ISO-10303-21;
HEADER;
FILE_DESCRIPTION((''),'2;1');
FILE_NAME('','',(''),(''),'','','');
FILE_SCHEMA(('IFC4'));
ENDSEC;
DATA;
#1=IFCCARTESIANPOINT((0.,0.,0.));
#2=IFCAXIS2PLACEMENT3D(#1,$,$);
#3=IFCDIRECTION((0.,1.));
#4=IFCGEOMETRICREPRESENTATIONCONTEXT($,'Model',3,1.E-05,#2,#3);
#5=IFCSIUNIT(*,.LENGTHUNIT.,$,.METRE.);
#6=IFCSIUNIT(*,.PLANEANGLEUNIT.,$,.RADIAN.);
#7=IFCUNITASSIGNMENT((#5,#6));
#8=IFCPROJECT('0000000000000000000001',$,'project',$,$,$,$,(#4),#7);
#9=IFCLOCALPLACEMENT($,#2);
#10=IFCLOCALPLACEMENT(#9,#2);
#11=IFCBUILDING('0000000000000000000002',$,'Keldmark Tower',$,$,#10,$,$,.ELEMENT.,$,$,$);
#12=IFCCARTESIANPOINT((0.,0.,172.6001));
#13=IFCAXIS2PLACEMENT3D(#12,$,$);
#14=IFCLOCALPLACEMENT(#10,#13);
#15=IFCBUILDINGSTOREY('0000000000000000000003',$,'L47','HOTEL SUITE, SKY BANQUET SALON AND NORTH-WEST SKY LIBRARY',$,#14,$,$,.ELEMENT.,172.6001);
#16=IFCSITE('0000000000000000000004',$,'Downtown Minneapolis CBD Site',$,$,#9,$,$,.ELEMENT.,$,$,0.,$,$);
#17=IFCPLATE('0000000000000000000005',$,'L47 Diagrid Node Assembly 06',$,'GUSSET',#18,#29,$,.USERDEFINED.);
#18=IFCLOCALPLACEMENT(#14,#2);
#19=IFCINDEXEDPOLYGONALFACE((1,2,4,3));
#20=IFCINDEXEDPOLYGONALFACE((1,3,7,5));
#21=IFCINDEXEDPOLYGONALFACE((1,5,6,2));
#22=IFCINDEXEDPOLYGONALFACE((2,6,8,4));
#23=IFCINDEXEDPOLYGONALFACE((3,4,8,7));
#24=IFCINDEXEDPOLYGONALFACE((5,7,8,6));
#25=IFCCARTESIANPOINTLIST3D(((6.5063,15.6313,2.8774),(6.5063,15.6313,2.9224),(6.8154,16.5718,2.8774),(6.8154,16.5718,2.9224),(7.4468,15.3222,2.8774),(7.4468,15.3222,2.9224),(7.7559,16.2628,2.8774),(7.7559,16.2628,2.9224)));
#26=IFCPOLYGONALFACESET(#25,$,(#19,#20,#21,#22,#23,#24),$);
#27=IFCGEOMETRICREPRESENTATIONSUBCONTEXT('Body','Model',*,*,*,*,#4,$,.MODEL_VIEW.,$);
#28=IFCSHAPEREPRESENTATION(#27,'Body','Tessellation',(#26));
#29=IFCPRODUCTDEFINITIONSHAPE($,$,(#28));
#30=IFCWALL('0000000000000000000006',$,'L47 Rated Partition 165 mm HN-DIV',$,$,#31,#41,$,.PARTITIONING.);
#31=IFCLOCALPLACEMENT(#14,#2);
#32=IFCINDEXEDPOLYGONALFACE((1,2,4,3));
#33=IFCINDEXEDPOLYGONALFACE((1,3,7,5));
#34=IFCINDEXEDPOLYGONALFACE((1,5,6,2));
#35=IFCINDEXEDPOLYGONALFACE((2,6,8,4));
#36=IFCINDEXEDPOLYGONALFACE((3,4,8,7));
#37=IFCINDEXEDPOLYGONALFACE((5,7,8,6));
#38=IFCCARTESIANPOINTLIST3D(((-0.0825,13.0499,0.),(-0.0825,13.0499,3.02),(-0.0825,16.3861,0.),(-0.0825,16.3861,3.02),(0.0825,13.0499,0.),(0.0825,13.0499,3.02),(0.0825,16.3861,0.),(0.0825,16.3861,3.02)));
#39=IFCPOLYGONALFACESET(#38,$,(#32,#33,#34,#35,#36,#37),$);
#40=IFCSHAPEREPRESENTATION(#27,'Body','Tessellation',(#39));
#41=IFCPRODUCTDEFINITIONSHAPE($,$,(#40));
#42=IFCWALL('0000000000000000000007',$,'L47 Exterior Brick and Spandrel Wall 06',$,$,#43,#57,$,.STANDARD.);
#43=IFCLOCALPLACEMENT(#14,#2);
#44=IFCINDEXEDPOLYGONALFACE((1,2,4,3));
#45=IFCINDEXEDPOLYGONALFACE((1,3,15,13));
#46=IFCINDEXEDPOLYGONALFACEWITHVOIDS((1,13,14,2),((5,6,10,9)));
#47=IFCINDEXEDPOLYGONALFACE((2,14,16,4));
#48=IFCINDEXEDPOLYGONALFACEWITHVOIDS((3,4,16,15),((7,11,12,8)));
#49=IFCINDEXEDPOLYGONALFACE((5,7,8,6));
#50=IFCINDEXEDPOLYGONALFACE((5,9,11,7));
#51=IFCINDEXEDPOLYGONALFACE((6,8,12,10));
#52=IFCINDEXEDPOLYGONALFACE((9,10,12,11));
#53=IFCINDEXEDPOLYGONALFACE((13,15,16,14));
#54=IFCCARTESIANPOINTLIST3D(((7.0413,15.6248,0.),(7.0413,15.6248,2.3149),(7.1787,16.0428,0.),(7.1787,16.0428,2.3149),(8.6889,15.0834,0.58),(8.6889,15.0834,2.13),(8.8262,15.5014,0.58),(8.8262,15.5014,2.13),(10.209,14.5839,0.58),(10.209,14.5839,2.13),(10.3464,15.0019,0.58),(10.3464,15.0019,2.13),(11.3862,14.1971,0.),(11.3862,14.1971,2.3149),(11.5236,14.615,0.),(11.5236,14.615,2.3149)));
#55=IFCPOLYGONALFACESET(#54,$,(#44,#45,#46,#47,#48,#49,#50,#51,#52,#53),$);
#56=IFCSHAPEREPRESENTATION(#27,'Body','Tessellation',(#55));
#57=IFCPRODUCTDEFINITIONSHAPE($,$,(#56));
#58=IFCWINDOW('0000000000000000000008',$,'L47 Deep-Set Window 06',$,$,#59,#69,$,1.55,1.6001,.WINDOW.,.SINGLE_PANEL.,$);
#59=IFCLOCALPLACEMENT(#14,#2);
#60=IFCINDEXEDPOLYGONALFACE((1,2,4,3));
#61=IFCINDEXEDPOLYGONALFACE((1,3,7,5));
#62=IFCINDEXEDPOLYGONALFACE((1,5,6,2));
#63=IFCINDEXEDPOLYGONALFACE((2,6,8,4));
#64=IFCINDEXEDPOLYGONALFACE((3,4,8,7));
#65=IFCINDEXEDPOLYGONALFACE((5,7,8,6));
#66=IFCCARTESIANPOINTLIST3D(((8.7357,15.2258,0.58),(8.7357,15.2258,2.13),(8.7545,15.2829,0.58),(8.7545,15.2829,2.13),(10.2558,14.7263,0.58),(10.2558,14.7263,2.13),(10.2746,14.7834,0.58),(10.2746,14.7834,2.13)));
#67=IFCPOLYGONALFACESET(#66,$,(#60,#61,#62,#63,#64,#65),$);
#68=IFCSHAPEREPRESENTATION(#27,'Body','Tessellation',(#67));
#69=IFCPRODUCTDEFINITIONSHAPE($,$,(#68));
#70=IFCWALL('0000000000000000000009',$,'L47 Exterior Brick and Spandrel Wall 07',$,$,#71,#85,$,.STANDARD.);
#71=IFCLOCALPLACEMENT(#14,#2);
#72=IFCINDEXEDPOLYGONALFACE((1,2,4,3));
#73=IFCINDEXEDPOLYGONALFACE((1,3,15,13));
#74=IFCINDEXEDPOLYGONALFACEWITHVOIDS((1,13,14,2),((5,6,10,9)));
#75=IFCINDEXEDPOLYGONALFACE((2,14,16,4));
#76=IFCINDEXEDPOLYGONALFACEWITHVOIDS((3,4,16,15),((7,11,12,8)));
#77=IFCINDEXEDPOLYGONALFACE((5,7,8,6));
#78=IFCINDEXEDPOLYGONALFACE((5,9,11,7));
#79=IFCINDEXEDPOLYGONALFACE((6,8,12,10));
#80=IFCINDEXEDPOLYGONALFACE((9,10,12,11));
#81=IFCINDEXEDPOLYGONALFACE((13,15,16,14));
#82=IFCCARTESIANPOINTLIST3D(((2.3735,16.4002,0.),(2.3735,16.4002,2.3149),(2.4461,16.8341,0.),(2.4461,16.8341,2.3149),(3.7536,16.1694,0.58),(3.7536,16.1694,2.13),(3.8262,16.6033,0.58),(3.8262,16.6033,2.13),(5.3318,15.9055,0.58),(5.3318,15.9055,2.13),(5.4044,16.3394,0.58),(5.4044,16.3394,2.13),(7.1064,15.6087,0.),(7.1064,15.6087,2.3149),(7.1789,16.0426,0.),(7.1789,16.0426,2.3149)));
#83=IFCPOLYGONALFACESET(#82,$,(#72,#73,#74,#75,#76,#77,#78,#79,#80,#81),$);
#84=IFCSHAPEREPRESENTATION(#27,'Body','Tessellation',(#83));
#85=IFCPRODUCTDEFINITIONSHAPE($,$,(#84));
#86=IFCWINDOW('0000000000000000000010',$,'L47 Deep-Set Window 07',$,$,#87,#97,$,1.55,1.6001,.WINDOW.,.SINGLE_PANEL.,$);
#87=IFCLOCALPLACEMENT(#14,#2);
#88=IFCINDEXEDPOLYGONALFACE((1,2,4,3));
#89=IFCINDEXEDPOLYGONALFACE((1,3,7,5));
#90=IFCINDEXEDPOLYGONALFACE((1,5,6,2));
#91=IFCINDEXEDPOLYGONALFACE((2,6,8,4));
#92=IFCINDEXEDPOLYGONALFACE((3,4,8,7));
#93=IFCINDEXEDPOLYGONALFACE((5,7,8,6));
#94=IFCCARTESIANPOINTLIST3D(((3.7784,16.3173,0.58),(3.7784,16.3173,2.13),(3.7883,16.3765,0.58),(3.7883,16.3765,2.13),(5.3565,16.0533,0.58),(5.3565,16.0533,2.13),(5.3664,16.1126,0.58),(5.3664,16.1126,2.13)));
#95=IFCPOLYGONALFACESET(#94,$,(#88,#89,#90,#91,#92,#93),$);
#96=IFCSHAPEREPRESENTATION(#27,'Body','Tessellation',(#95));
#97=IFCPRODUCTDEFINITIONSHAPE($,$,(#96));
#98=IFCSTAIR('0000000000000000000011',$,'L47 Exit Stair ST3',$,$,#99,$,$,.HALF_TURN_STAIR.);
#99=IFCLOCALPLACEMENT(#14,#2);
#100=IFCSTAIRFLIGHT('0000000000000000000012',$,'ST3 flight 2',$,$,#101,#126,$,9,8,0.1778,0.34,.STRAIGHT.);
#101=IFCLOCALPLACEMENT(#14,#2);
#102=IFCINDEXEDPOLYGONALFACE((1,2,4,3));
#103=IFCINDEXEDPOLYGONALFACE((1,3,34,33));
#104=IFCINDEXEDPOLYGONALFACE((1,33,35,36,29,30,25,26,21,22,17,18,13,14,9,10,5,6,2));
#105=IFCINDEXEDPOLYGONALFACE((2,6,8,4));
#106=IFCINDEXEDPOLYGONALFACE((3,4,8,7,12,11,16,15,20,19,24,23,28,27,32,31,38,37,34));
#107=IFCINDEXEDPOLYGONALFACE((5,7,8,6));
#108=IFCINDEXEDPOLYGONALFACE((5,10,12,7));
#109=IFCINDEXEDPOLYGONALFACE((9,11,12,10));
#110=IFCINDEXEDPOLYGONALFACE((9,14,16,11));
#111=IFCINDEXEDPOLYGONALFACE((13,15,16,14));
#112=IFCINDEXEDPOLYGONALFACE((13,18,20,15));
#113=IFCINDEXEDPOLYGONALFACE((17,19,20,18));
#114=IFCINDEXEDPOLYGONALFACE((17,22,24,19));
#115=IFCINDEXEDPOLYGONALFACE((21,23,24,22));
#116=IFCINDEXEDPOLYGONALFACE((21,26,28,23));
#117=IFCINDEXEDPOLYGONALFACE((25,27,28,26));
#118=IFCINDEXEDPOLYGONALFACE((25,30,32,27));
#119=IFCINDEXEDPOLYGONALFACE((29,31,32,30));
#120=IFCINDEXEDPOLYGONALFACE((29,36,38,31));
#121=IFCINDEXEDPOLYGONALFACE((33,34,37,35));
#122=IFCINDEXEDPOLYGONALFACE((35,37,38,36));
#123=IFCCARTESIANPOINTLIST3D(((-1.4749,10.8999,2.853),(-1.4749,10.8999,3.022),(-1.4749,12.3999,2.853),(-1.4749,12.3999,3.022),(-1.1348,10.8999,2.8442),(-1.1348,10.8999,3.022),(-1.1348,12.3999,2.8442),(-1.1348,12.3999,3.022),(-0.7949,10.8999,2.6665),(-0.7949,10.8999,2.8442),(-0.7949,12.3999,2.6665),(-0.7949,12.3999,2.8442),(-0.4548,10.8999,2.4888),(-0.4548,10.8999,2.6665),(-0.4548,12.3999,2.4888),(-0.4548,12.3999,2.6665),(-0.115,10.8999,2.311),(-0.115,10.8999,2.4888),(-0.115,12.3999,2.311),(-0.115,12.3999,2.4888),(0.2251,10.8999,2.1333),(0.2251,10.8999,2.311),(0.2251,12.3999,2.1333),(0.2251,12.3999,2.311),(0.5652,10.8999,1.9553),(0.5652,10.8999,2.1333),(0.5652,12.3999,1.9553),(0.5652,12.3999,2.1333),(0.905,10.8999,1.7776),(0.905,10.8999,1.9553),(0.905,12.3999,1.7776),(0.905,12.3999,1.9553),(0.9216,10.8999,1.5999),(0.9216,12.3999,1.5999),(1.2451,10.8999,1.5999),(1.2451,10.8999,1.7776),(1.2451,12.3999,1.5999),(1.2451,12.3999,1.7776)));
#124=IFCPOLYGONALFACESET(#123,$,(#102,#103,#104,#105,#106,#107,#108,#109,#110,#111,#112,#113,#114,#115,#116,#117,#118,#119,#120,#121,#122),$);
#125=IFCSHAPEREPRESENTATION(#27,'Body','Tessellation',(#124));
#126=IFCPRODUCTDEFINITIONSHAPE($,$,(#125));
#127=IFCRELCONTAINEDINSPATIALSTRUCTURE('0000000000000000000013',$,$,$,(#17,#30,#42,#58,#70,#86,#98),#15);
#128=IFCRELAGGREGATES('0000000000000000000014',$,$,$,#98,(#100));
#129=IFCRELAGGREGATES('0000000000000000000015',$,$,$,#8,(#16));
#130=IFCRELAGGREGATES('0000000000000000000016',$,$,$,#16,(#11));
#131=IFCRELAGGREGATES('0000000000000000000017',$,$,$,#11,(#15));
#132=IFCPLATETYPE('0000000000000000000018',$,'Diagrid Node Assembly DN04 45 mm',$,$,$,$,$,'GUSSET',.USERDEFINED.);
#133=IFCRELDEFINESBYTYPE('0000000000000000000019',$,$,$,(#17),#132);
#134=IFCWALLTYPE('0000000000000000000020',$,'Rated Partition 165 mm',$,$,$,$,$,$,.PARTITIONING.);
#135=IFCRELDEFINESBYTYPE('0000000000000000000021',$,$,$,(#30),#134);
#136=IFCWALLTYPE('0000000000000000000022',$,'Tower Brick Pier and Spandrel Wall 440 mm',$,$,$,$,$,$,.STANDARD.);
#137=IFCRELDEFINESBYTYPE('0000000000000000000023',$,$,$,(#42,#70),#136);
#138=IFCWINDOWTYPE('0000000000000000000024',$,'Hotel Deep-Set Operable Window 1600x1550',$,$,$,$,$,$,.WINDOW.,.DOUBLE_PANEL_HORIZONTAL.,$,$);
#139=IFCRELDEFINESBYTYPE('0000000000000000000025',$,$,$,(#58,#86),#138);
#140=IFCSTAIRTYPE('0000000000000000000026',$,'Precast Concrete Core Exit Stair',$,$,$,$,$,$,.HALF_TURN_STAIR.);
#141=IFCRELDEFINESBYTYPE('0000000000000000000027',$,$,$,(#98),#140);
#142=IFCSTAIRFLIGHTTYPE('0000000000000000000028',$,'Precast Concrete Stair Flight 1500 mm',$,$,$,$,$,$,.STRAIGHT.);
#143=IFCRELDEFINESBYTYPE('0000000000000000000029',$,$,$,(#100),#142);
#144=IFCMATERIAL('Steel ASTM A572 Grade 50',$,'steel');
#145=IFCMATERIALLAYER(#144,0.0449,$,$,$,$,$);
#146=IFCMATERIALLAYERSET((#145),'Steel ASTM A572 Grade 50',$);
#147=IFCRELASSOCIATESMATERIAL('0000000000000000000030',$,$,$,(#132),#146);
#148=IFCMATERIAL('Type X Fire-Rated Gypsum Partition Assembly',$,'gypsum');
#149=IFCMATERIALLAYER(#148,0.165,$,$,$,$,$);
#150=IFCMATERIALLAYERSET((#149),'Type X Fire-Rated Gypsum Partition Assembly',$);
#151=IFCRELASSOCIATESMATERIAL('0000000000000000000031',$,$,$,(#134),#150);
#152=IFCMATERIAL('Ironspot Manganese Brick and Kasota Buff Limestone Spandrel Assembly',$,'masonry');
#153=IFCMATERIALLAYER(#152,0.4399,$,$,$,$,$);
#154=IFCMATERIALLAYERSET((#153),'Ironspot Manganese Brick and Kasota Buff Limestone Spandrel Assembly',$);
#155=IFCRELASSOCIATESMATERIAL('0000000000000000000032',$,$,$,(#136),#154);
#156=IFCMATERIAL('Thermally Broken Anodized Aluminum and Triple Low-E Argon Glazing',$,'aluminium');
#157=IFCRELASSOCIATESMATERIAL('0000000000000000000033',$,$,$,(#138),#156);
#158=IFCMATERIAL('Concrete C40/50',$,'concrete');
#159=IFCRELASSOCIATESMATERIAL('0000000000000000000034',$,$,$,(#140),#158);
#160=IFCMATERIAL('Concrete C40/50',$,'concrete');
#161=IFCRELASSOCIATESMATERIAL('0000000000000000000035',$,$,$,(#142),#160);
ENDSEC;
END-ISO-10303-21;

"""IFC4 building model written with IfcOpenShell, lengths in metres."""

from ifc_helpers import new_model, si_unit, direction, frame, frame_2d, origin, origin_2d, place, context, subcontext, project, spatial, polyline, rectangle, outline, extrude, material, layer, layer_set, type_object, element, fill, aggregate, save


model = new_model("IFC4")

# Units and contexts
model_context = context("Model", 3, precision=1e-05, world=origin(), true_north=direction((0.0, 1.0)))
body_context = subcontext(model_context, "Body", "Model", "MODEL_VIEW")
ifc_project = project(units=[si_unit("LENGTHUNIT", "METRE"), si_unit("PLANEANGLEUNIT", "RADIAN")], contexts=[model_context])

# Site, building, storey
site_placement = place(None, origin())
site = spatial("IfcSite", under=ifc_project, at=site_placement, Name="Downtown Minneapolis CBD Site", CompositionType="ELEMENT", RefElevation=0.0)
building_placement = place(site_placement, origin())
building = spatial("IfcBuilding", under=site, at=building_placement, Name="Keldmark Tower", CompositionType="ELEMENT")
storey_placement = place(building_placement, frame((0.0, 0.0, 172.6001)))
storey = spatial("IfcBuildingStorey", under=building, at=storey_placement, Name="L47", Description="HOTEL SUITE, SKY BANQUET SALON AND NORTH-WEST SKY LIBRARY", CompositionType="ELEMENT", Elevation=172.6001)

# Plate
ifc_material_1 = material(Name="Steel ASTM A572 Grade 50", Category="steel")
ifc_layer_1 = layer(ifc_material_1, 0.0449)
ifc_layer_set_1 = layer_set([ifc_layer_1], Name="Steel ASTM A572 Grade 50")
plate_type_1 = type_object("IfcPlateType", Name="Diagrid Node Assembly DN04 45 mm", ElementType="GUSSET", PredefinedType="USERDEFINED", material=ifc_layer_set_1)
plate_placement = place(storey_placement, frame((7.1311, 15.947, 2.8774), z_axis=(0.0, 0.0, 1.0), x_axis=(-0.950027, 0.312169, 0.0)))
element("IfcPlate", 1, at=plate_placement, inside=storey, type_object=plate_type_1, Name="L47 Diagrid Node Assembly 06", ObjectType="GUSSET", PredefinedType="USERDEFINED", context=body_context, shape_type="SweptSolid", body=[
    extrude(rectangle(XDim=0.99, YDim=0.99, at=origin_2d()), origin(), (0.0, 0.0, 1.0), 0.0449),
])

# Wall
ifc_material_2 = material(Name="Type X Fire-Rated Gypsum Partition Assembly", Category="gypsum")
ifc_layer_2 = layer(ifc_material_2, 0.165)
ifc_layer_set_2 = layer_set([ifc_layer_2], Name="Type X Fire-Rated Gypsum Partition Assembly")
wall_type_1 = type_object("IfcWallType", Name="Rated Partition 165 mm", PredefinedType="PARTITIONING", material=ifc_layer_set_2)
wall_1_placement = place(storey_placement, frame((0.0, 13.05, 0.0), z_axis=(0.0, 0.0, 1.0), x_axis=(0.0, 1.0, 0.0)))
element("IfcWall", 2, at=wall_1_placement, inside=storey, type_object=wall_type_1, Name="L47 Rated Partition 165 mm HN-DIV", PredefinedType="PARTITIONING", context=body_context, shape_type="SweptSolid", body=[
    extrude(rectangle(XDim=3.3362, YDim=0.165, at=frame_2d((1.668, 0.0))), origin(), (0.0, 0.0, 1.0), 3.02),
])

# Walls, openings, windows
ifc_material_3 = material(Name="Ironspot Manganese Brick and Kasota Buff Limestone Spandrel Assembly", Category="masonry")
ifc_layer_3 = layer(ifc_material_3, 0.4399)
ifc_layer_set_3 = layer_set([ifc_layer_3], Name="Ironspot Manganese Brick and Kasota Buff Limestone Spandrel Assembly")
wall_type_2 = type_object("IfcWallType", Name="Tower Brick Pier and Spandrel Wall 440 mm", PredefinedType="STANDARD", material=ifc_layer_set_3)
wall_2_placement = place(storey_placement, frame((7.1101, 15.8337, 0.0), z_axis=(0.0, 0.0, 1.0), x_axis=(0.950025, -0.312173, 0.0)))
wall_2 = element("IfcWall", 3, at=wall_2_placement, inside=storey, type_object=wall_type_2, Name="L47 Exterior Brick and Spandrel Wall 06", PredefinedType="STANDARD", context=body_context, shape_type="SweptSolid", body=[
    extrude(rectangle(XDim=4.5735, YDim=0.4399, at=frame_2d((2.2866, 0.0))), origin(), (0.0, 0.0, 1.0), 2.3149),
])
opening_1_placement = place(wall_2_placement, frame((1.7341, 0.0, 0.5801)))
opening_1 = element("IfcOpeningElement", 4, at=opening_1_placement, cuts=wall_2, PredefinedType="OPENING", context=body_context, shape_type="SweptSolid", body=[
    extrude(rectangle(XDim=1.6001, YDim=1.55, at=frame_2d((0.8, 0.7749))), frame((0.0, 0.23, 0.0), z_axis=(0.0, -1.0, 0.0), x_axis=(1.0, 0.0, 0.0)), (0.0, 0.0, 1.0), 0.46),
])
ifc_material_4 = material(Name="Thermally Broken Anodized Aluminum and Triple Low-E Argon Glazing", Category="aluminium")
window_type = type_object("IfcWindowType", Name="Hotel Deep-Set Operable Window 1600x1550", PartitioningType="DOUBLE_PANEL_HORIZONTAL", PredefinedType="WINDOW", material=ifc_material_4)
window_1_placement = place(opening_1_placement, origin())
window_1 = element("IfcWindow", 5, at=window_1_placement, inside=storey, type_object=window_type, Name="L47 Deep-Set Window 06", OverallHeight=1.55, OverallWidth=1.6001, PartitioningType="SINGLE_PANEL", PredefinedType="WINDOW", context=body_context, shape_type="SweptSolid", body=[
    extrude(rectangle(XDim=1.6001, YDim=1.55, at=frame_2d((0.8, 0.7749))), frame((0.0, -0.01, 0.0), z_axis=(0.0, -1.0, 0.0), x_axis=(1.0, 0.0, 0.0)), (0.0, 0.0, 1.0), 0.0601),
])
fill(opening_1, window_1)
wall_3_placement = place(storey_placement, frame((2.4097, 16.6172, 0.0), z_axis=(0.0, 0.0, 1.0), x_axis=(0.986303, -0.164943, 0.0)))
wall_3 = element("IfcWall", 6, at=wall_3_placement, inside=storey, type_object=wall_type_2, Name="L47 Exterior Brick and Spandrel Wall 07", PredefinedType="STANDARD", context=body_context, shape_type="SweptSolid", body=[
    extrude(rectangle(XDim=4.7986, YDim=0.4399, at=frame_2d((2.3994, 0.0))), origin(), (0.0, 0.0, 1.0), 2.3149),
])
opening_2_placement = place(wall_3_placement, frame((1.3994, 0.0, 0.5801)))
opening_2 = element("IfcOpeningElement", 7, at=opening_2_placement, cuts=wall_3, PredefinedType="OPENING", context=body_context, shape_type="SweptSolid", body=[
    extrude(rectangle(XDim=1.6001, YDim=1.55, at=frame_2d((0.8, 0.7749))), frame((0.0, 0.23, 0.0), z_axis=(0.0, -1.0, 0.0), x_axis=(1.0, 0.0, 0.0)), (0.0, 0.0, 1.0), 0.46),
])
window_2_placement = place(opening_2_placement, origin())
window_2 = element("IfcWindow", 8, at=window_2_placement, inside=storey, type_object=window_type, Name="L47 Deep-Set Window 07", OverallHeight=1.55, OverallWidth=1.6001, PartitioningType="SINGLE_PANEL", PredefinedType="WINDOW", context=body_context, shape_type="SweptSolid", body=[
    extrude(rectangle(XDim=1.6001, YDim=1.55, at=frame_2d((0.8, 0.7749))), frame((0.0, -0.01, 0.0), z_axis=(0.0, -1.0, 0.0), x_axis=(1.0, 0.0, 0.0)), (0.0, 0.0, 1.0), 0.0601),
])
fill(opening_2, window_2)

# Stair, stair flight
ifc_material_5 = material(Name="Concrete C40/50", Category="concrete")
stair_type = type_object("IfcStairType", Name="Precast Concrete Core Exit Stair", PredefinedType="HALF_TURN_STAIR", material=ifc_material_5)
stair_placement = place(storey_placement, origin())
stair = element("IfcStair", 9, at=stair_placement, inside=storey, type_object=stair_type, Name="L47 Exit Stair ST3", PredefinedType="HALF_TURN_STAIR")
ifc_material_6 = material(Name="Concrete C40/50", Category="concrete")
stair_flight_type = type_object("IfcStairFlightType", Name="Precast Concrete Stair Flight 1500 mm", PredefinedType="STRAIGHT", material=ifc_material_6)
stair_flight_placement = place(storey_placement, frame((1.2451, 11.6499, 1.5999), z_axis=(0.0, 0.0, 1.0), x_axis=(-1.0, 0.0, 0.0)))
stair_flight = element("IfcStairFlight", 10, at=stair_flight_placement, type_object=stair_flight_type, Name="ST3 flight 2", NumberOfRisers=9, NumberOfTreads=8, PredefinedType="STRAIGHT", RiserHeight=0.1778, TreadLength=0.34, context=body_context, shape_type="SweptSolid", body=[
    extrude(outline(polyline([(0.0, 0.0), (0.0, 0.1777), (0.3401, 0.1777), (0.3401, 0.3555), (0.6799, 0.3555), (0.6799, 0.5334), (1.02, 0.5334), (1.02, 0.7112), (1.3601, 0.7112), (1.3601, 0.8889), (1.7, 0.8889), (1.7, 1.0667), (2.04, 1.0667), (2.04, 1.2444), (2.3799, 1.2444), (2.3799, 1.4221), (2.72, 1.4221), (2.72, 1.6001), (2.72, 1.2532), (0.3235, 0.0), (0.0, 0.0)])), frame((0.0, 0.75, 0.0), z_axis=(0.0, -1.0, 0.0), x_axis=(1.0, 0.0, 0.0)), (0.0, 0.0, 1.0), 1.5),
])
aggregate(stair, [stair_flight])

save(model, "model.ifc")
